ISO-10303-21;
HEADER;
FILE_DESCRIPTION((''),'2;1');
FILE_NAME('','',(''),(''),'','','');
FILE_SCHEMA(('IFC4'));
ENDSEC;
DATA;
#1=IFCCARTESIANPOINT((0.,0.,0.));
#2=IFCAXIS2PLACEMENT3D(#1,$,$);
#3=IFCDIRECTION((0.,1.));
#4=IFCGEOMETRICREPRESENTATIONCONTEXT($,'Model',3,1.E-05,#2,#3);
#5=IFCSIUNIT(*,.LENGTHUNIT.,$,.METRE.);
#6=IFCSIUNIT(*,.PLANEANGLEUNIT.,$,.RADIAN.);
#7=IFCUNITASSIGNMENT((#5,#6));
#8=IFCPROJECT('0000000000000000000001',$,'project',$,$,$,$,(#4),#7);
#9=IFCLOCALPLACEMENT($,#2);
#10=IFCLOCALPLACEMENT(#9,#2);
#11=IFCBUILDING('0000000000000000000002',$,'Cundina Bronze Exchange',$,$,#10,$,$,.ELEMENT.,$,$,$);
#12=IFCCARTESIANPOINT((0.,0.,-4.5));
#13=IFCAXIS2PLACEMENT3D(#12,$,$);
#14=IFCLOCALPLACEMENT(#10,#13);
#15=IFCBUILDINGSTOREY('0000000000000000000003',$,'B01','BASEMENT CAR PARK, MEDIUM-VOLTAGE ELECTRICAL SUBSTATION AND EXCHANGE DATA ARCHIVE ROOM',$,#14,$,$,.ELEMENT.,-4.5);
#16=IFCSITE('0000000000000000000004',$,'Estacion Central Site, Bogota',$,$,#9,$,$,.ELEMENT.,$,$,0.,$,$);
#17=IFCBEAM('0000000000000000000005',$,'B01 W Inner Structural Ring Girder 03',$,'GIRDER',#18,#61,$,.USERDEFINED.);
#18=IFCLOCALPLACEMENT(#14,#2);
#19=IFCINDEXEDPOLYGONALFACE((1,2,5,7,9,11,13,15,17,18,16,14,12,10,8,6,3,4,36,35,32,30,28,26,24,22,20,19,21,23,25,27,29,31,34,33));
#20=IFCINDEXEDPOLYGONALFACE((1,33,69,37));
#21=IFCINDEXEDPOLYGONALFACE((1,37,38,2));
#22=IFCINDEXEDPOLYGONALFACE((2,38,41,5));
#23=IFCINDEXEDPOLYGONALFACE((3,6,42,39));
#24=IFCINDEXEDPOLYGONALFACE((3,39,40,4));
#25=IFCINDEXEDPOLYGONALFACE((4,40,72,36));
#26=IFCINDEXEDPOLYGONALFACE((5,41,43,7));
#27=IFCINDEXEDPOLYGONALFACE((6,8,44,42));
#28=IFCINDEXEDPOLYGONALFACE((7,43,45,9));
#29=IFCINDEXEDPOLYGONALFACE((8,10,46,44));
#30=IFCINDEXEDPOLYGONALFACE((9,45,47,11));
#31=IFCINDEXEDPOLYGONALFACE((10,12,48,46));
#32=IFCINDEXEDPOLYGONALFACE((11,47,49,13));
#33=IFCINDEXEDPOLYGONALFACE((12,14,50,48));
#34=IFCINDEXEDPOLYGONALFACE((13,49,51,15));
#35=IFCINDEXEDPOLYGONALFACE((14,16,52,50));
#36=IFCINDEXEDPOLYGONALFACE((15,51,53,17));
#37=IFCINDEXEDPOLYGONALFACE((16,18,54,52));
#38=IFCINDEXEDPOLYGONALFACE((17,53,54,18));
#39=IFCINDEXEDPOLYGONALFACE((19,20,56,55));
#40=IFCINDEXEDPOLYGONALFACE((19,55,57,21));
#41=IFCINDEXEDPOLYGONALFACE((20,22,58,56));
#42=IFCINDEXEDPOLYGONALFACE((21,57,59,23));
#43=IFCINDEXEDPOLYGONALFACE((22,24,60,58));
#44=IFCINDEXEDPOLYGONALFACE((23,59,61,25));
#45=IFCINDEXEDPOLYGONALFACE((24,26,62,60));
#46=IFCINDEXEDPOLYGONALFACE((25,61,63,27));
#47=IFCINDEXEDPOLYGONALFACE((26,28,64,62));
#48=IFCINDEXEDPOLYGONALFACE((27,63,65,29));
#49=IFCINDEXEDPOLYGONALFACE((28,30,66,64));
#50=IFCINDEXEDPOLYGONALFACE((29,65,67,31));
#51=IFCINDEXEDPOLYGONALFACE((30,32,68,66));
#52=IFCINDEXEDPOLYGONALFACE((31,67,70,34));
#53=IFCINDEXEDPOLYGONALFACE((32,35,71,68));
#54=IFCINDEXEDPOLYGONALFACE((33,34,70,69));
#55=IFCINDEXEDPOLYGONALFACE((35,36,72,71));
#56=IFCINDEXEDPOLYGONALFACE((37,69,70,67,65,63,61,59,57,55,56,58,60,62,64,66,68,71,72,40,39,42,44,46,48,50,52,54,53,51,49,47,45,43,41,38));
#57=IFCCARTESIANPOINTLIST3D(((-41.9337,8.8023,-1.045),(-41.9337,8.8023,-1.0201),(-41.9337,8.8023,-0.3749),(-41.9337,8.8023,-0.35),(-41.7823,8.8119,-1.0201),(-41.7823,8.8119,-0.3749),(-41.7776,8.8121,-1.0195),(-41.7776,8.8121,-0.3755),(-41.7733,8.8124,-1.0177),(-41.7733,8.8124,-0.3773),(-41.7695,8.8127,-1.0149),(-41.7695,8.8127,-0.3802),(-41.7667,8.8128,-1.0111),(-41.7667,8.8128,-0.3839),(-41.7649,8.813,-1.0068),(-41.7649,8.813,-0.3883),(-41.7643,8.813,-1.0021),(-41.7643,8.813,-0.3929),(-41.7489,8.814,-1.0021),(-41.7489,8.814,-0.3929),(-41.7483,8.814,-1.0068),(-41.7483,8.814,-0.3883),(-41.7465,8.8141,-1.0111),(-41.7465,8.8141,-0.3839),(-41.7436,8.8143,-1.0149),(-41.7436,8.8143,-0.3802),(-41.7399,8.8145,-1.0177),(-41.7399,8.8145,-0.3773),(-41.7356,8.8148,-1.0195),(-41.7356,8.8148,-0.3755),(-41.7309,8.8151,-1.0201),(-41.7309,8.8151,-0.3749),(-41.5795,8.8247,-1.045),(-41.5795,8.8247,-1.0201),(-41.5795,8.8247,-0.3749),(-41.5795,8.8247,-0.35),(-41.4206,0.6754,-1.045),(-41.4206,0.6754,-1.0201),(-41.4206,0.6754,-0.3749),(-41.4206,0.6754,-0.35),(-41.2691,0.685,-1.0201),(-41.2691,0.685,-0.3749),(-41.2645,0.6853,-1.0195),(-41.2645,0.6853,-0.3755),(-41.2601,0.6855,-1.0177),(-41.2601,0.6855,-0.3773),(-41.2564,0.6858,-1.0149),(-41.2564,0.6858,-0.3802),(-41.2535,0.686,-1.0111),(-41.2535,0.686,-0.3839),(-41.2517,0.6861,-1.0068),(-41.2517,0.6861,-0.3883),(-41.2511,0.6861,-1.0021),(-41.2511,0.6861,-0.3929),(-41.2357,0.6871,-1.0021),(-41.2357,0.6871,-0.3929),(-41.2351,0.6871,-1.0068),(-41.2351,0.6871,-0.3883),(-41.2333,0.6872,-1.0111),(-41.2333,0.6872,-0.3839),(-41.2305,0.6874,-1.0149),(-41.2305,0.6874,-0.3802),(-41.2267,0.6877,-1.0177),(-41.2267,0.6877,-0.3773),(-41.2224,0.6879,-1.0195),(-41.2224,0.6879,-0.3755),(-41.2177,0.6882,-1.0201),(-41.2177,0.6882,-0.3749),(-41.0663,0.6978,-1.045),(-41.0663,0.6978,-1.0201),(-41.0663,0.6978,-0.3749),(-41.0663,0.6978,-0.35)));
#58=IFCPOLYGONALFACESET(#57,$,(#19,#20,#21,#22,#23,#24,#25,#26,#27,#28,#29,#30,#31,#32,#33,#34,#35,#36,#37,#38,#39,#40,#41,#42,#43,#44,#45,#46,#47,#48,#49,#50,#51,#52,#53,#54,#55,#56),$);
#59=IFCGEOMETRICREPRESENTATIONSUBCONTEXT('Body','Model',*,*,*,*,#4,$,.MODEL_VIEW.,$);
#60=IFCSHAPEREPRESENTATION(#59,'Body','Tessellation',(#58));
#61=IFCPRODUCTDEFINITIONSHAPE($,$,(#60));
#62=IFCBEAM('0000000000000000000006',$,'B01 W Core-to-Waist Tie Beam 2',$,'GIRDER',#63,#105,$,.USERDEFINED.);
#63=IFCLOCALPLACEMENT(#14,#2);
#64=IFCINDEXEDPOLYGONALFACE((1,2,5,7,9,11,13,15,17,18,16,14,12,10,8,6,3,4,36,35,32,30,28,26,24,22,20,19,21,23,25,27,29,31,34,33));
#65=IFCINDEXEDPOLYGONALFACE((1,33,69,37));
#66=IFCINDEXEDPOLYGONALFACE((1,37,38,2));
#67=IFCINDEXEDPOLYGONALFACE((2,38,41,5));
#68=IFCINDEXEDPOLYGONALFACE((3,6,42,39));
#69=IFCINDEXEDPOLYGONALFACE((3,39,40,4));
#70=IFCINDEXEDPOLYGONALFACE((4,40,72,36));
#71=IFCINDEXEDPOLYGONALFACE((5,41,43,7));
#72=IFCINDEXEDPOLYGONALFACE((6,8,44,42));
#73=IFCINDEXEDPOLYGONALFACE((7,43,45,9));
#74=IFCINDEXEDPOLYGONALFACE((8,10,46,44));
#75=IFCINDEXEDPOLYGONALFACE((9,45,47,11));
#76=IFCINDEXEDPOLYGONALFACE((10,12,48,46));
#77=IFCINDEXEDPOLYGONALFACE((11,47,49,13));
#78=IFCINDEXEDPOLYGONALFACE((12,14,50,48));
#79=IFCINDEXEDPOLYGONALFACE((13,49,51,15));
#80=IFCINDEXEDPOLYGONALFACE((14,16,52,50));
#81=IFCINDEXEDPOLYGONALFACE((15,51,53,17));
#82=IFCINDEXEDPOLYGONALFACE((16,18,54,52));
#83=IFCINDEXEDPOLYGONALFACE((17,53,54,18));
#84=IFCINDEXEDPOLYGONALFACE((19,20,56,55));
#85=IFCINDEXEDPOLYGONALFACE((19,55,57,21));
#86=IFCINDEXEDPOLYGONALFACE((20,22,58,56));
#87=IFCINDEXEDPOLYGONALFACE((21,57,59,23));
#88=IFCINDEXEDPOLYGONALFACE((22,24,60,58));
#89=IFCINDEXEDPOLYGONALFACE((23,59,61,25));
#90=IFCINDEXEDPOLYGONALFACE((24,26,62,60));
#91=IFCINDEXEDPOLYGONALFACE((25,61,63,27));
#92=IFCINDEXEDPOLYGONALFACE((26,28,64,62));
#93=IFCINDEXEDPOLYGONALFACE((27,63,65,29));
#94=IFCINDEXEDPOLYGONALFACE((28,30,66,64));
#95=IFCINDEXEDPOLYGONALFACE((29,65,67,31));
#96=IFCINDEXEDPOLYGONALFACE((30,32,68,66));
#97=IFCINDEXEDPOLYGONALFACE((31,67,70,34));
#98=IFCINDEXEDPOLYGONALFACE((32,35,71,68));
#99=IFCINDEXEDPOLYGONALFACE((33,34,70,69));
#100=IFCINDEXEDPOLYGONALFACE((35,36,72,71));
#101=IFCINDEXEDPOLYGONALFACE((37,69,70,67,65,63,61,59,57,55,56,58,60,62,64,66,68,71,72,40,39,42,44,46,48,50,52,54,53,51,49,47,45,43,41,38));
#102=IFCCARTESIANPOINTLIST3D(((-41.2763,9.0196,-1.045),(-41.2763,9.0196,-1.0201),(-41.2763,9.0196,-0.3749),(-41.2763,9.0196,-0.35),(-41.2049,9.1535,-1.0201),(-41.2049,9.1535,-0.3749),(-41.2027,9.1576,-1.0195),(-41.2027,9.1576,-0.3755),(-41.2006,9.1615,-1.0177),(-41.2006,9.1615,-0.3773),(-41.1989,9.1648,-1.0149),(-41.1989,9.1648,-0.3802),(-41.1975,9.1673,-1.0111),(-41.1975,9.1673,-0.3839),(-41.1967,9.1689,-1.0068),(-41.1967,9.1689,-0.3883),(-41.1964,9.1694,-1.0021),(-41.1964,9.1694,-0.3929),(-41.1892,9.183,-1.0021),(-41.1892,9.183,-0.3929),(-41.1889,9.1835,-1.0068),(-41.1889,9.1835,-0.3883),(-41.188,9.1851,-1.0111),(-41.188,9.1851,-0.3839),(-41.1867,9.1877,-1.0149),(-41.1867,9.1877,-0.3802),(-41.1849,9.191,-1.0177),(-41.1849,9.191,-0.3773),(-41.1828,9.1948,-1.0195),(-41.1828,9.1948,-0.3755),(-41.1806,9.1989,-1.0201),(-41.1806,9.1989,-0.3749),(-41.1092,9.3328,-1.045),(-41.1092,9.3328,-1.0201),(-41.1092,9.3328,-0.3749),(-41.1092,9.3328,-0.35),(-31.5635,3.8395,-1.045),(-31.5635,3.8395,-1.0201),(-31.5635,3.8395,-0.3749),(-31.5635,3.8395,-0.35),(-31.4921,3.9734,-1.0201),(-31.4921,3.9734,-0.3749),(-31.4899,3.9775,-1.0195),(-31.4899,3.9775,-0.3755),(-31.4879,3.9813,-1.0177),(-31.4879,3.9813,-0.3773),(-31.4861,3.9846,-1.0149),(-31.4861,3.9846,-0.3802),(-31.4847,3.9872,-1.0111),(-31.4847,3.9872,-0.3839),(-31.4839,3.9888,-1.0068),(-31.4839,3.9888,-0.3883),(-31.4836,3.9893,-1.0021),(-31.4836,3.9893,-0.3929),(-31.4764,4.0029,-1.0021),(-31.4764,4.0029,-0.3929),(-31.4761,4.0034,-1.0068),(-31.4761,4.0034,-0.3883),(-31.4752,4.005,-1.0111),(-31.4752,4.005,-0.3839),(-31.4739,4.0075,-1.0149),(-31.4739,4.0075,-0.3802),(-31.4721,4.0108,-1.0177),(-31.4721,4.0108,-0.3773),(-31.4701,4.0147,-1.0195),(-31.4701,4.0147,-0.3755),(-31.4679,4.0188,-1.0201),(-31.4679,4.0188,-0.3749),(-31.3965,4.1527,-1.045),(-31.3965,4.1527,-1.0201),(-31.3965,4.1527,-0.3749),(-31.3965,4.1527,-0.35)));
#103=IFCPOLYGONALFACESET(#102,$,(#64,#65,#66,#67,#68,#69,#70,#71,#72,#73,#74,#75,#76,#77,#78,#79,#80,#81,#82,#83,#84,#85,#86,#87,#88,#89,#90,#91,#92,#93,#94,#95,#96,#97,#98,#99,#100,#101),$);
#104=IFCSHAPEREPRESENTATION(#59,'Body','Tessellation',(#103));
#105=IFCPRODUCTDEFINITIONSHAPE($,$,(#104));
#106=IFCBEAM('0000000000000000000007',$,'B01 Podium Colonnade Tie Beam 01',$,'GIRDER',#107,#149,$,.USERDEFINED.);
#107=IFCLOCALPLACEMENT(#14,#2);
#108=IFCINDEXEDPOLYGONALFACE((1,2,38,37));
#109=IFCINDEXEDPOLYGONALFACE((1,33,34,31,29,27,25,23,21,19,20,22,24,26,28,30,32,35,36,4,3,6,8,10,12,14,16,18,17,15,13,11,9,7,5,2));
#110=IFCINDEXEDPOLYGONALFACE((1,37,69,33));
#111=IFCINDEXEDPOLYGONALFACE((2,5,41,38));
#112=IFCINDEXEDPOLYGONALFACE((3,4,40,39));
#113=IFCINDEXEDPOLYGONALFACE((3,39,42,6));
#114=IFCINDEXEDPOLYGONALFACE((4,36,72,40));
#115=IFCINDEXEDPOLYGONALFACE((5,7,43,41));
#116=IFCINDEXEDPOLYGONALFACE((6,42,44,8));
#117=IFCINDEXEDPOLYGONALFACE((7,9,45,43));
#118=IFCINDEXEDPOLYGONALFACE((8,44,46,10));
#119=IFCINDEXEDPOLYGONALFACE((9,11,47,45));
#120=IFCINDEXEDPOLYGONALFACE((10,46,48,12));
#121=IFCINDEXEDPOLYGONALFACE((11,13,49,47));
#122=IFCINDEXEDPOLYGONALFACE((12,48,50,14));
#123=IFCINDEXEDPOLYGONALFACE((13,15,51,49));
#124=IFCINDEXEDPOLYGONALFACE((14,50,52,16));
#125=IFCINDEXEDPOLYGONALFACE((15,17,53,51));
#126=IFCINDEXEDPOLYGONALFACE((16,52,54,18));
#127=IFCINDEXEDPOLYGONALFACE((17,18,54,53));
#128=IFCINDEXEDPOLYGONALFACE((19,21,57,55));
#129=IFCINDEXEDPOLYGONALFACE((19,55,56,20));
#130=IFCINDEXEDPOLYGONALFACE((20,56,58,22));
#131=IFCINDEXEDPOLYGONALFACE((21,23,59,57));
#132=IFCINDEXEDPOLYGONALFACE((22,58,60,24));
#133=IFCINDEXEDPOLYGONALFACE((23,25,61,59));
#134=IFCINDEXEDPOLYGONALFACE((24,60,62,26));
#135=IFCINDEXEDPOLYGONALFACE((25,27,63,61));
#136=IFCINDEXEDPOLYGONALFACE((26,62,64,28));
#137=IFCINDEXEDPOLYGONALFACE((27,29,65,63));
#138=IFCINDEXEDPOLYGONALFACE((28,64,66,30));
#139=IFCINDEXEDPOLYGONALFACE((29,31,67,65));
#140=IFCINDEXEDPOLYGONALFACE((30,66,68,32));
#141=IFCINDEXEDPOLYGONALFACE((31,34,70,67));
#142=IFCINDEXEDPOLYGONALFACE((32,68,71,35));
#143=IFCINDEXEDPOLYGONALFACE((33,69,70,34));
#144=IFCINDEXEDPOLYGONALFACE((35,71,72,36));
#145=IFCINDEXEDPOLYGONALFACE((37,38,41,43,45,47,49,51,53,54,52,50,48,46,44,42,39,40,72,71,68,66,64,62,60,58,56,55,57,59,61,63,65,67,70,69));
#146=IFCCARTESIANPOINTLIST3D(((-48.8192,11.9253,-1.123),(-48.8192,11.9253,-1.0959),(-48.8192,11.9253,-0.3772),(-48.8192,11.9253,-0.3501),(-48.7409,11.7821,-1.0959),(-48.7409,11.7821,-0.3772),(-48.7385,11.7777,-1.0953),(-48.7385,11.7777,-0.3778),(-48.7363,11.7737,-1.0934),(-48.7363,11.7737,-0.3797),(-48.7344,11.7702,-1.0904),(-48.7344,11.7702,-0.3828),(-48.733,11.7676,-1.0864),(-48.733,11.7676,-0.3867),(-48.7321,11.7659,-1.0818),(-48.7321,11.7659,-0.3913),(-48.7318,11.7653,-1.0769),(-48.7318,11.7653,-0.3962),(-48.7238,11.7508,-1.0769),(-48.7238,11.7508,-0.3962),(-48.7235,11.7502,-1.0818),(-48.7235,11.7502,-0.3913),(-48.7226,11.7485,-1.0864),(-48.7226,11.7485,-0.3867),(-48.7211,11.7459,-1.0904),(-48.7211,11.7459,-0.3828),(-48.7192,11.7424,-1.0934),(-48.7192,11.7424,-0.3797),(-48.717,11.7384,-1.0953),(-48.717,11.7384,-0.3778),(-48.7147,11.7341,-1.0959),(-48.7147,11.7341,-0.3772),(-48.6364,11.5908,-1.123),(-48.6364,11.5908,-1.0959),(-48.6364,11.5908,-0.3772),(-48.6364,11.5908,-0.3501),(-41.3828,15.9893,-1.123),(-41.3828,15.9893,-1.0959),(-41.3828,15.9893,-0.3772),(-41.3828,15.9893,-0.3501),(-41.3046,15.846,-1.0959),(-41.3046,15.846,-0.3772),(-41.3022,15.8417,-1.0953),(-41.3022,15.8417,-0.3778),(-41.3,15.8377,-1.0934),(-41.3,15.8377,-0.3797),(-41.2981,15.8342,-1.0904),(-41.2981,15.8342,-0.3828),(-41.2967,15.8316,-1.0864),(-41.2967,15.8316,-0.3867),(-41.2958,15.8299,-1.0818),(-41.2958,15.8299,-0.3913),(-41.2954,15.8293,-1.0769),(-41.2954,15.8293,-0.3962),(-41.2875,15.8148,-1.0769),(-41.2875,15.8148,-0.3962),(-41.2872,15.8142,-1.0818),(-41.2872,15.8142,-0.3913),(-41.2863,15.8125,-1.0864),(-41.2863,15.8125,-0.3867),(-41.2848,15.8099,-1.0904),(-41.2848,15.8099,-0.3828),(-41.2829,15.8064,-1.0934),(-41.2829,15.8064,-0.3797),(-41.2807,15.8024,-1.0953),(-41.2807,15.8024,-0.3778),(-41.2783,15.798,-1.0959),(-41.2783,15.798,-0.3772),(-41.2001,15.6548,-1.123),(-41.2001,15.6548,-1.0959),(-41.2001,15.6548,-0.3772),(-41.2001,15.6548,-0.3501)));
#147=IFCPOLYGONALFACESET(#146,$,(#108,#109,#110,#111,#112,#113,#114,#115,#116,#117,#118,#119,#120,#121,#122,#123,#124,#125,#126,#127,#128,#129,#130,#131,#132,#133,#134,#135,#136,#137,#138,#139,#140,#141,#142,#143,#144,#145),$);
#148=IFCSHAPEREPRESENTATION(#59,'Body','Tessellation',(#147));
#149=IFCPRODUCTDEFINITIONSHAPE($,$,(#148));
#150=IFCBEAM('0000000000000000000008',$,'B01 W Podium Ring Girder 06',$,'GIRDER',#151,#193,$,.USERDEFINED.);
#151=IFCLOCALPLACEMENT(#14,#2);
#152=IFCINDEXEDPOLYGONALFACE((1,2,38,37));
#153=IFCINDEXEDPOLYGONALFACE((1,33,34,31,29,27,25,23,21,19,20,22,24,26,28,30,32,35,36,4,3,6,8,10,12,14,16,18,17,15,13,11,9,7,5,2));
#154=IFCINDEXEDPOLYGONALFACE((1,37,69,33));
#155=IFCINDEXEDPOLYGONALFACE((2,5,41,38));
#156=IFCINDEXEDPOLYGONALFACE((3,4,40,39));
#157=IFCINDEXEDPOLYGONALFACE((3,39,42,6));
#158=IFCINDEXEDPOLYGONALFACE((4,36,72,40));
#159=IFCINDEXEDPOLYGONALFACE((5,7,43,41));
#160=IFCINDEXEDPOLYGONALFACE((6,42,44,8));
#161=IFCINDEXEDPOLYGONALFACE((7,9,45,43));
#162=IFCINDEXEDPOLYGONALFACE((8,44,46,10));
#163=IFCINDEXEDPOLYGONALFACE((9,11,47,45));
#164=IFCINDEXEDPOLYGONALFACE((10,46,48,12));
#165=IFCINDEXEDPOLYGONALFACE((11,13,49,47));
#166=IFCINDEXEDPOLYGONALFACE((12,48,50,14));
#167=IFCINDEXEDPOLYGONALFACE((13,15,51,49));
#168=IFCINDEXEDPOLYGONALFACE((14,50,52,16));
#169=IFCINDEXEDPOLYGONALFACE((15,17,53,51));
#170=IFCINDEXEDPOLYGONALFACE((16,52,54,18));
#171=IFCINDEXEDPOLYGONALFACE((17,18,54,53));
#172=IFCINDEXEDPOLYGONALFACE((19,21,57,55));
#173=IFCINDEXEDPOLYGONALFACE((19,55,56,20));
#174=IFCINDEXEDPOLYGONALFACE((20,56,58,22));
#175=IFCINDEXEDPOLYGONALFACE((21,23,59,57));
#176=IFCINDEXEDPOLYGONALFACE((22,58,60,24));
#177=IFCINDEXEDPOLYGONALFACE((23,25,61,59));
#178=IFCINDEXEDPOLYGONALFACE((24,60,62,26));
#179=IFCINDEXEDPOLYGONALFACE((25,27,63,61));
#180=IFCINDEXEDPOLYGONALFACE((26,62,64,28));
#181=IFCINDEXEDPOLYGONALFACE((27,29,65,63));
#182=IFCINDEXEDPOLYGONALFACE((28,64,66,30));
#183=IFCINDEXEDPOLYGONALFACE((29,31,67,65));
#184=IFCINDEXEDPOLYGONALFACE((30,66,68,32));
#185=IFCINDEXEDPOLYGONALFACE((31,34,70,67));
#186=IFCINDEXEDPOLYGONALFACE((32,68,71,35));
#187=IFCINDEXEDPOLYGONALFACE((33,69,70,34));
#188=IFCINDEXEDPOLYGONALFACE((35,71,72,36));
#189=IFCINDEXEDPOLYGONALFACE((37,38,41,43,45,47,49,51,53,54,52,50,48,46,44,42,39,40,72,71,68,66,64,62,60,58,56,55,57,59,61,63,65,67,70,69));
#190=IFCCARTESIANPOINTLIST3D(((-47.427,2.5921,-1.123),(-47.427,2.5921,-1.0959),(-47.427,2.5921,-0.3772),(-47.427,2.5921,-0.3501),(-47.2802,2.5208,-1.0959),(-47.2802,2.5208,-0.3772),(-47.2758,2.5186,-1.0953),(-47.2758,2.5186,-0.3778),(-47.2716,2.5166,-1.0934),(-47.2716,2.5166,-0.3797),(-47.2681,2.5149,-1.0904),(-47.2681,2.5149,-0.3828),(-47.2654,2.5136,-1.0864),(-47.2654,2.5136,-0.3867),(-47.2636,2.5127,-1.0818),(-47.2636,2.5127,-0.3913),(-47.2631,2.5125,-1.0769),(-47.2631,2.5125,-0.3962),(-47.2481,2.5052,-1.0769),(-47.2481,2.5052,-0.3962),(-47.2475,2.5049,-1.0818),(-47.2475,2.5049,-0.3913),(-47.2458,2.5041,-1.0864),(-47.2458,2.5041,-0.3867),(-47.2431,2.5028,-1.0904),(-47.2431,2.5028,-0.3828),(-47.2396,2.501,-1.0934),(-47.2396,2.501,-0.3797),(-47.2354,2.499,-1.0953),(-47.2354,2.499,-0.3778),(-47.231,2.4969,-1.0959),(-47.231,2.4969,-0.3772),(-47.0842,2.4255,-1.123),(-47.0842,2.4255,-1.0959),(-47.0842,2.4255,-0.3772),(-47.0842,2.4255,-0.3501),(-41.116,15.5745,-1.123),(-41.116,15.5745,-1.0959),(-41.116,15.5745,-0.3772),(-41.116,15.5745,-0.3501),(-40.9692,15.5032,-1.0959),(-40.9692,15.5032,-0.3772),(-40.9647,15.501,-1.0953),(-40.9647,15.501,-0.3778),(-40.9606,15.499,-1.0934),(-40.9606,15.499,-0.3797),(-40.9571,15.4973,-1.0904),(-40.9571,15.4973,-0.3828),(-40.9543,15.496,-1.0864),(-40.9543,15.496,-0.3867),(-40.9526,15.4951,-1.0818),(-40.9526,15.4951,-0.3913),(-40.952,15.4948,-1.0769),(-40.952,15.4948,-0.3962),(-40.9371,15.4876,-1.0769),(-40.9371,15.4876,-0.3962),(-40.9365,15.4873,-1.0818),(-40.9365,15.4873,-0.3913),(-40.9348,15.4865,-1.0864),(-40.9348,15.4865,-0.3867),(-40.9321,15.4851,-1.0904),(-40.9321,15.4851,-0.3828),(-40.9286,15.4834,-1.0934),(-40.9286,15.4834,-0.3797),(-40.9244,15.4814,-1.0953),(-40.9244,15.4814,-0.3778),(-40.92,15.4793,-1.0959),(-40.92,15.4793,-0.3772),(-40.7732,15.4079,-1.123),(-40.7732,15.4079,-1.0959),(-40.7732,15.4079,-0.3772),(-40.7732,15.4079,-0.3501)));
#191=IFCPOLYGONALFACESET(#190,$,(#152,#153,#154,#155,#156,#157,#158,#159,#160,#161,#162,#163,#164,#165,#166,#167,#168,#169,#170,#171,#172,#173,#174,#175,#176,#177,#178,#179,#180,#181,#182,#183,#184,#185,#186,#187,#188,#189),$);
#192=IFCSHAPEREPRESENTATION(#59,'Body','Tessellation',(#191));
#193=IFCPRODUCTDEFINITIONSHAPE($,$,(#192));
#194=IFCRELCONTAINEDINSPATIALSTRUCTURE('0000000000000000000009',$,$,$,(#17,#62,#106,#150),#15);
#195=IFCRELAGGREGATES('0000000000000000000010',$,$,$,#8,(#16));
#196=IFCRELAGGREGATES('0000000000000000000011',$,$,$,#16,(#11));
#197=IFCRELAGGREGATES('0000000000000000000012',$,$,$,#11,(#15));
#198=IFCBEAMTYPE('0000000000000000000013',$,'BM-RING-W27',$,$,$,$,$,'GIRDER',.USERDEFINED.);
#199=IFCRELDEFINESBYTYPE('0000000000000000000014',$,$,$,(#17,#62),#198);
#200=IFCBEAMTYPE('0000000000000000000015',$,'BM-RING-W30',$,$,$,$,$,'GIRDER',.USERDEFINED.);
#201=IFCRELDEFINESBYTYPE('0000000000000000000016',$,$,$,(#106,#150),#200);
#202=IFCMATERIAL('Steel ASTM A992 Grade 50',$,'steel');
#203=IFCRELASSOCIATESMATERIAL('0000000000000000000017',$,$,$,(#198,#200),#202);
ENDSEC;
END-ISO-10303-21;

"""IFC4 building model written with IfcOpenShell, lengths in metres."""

from ifc_helpers import new_model, si_unit, direction, frame, origin, origin_2d, place, context, subcontext, project, spatial, i_section, extrude, material, material_profile, profile_set, type_object, element, save


model = new_model("IFC4")

# Units and contexts
model_context = context("Model", 3, precision=1e-05, world=origin(), true_north=direction((0.0, 1.0)))
body_context = subcontext(model_context, "Body", "Model", "MODEL_VIEW")
ifc_project = project(units=[si_unit("LENGTHUNIT", "METRE"), si_unit("PLANEANGLEUNIT", "RADIAN")], contexts=[model_context])

# Site, building, storey
site_placement = place(None, origin())
site = spatial("IfcSite", under=ifc_project, at=site_placement, Name="Estacion Central Site, Bogota", CompositionType="ELEMENT", RefElevation=0.0)
building_placement = place(site_placement, origin())
building = spatial("IfcBuilding", under=site, at=building_placement, Name="Cundina Bronze Exchange", CompositionType="ELEMENT")
storey_placement = place(building_placement, frame((0.0, 0.0, -4.5)))
storey = spatial("IfcBuildingStorey", under=building, at=storey_placement, Name="B01", Description="BASEMENT CAR PARK, MEDIUM-VOLTAGE ELECTRICAL SUBSTATION AND EXCHANGE DATA ARCHIVE ROOM", CompositionType="ELEMENT", Elevation=-4.5)

# Beams
ifc_material_1 = material(Name="Steel ASTM A992 Grade 50", Category="steel")
ifc_material_profile_1 = material_profile(ifc_material_1, i_section(OverallWidth=0.355, OverallDepth=0.6951, WebThickness=0.0154, FlangeThickness=0.0249, FilletRadius=0.0181, at=origin_2d()), Name="W27X146", Category="steel")
ifc_profile_set_1 = profile_set([ifc_material_profile_1], Name="Steel ASTM A992 Grade 50")
beam_type_1 = type_object("IfcBeamType", Name="BM-RING-W27", ElementType="GIRDER", PredefinedType="USERDEFINED", material=ifc_profile_set_1)
beam_1_placement = place(storey_placement, frame((-41.7566, 8.8135, -0.6975), z_axis=(0.06302, -0.998012, 0.0), x_axis=(0.998012, 0.06302, 0.0)))
element("IfcBeam", 1, at=beam_1_placement, inside=storey, type_object=beam_type_1, Name="B01 W Inner Structural Ring Girder 03", ObjectType="GIRDER", PredefinedType="USERDEFINED", context=body_context, shape_type="SweptSolid", body=[
    extrude(i_section(OverallWidth=0.355, OverallDepth=0.6951, WebThickness=0.0154, FlangeThickness=0.0249, FilletRadius=0.0181, at=origin_2d()), origin(), (0.0, 0.0, 1.0), 8.1431),
])
beam_2_placement = place(storey_placement, frame((-31.48, 3.9961, -0.6975), z_axis=(-0.882354, 0.470586, 0.0), x_axis=(-0.470586, -0.882354, 0.0)))
element("IfcBeam", 2, at=beam_2_placement, inside=storey, type_object=beam_type_1, Name="B01 W Core-to-Waist Tie Beam 2", ObjectType="GIRDER", PredefinedType="USERDEFINED", context=body_context, shape_type="SweptSolid", body=[
    extrude(i_section(OverallWidth=0.355, OverallDepth=0.6951, WebThickness=0.0154, FlangeThickness=0.0249, FilletRadius=0.0181, at=origin_2d()), origin(), (0.0, 0.0, 1.0), 11.0078),
])
ifc_material_profile_2 = material_profile(ifc_material_1, i_section(OverallWidth=0.3811, OverallDepth=0.7729, WebThickness=0.0166, FlangeThickness=0.0271, FilletRadius=0.019, at=origin_2d()), Name="W30X173", Category="steel")
ifc_profile_set_2 = profile_set([ifc_material_profile_2], Name="Steel ASTM A992 Grade 50")
beam_type_2 = type_object("IfcBeamType", Name="BM-RING-W30", ElementType="GIRDER", PredefinedType="USERDEFINED", material=ifc_profile_set_2)
beam_3_placement = place(storey_placement, frame((-48.7278, 11.7581, -0.7366), z_axis=(0.877508, 0.479562, 0.0), x_axis=(-0.479562, 0.877508, 0.0)))
element("IfcBeam", 3, at=beam_3_placement, inside=storey, type_object=beam_type_2, Name="B01 Podium Colonnade Tie Beam 01", ObjectType="GIRDER", PredefinedType="USERDEFINED", context=body_context, shape_type="SweptSolid", body=[
    extrude(i_section(OverallWidth=0.3811, OverallDepth=0.7729, WebThickness=0.0166, FlangeThickness=0.0271, FilletRadius=0.019, at=origin_2d()), origin(), (0.0, 0.0, 1.0), 8.4744),
])
beam_4_placement = place(storey_placement, frame((-40.9446, 15.4912, -0.7366), z_axis=(-0.4372, -0.899364, 0.0), x_axis=(0.899364, -0.4372, 0.0)))
element("IfcBeam", 4, at=beam_4_placement, inside=storey, type_object=beam_type_2, Name="B01 W Podium Ring Girder 06", ObjectType="GIRDER", PredefinedType="USERDEFINED", context=body_context, shape_type="SweptSolid", body=[
    extrude(i_section(OverallWidth=0.3811, OverallDepth=0.7729, WebThickness=0.0166, FlangeThickness=0.0271, FilletRadius=0.019, at=origin_2d()), origin(), (0.0, 0.0, 1.0), 14.4351),
])

save(model, "model.ifc")
